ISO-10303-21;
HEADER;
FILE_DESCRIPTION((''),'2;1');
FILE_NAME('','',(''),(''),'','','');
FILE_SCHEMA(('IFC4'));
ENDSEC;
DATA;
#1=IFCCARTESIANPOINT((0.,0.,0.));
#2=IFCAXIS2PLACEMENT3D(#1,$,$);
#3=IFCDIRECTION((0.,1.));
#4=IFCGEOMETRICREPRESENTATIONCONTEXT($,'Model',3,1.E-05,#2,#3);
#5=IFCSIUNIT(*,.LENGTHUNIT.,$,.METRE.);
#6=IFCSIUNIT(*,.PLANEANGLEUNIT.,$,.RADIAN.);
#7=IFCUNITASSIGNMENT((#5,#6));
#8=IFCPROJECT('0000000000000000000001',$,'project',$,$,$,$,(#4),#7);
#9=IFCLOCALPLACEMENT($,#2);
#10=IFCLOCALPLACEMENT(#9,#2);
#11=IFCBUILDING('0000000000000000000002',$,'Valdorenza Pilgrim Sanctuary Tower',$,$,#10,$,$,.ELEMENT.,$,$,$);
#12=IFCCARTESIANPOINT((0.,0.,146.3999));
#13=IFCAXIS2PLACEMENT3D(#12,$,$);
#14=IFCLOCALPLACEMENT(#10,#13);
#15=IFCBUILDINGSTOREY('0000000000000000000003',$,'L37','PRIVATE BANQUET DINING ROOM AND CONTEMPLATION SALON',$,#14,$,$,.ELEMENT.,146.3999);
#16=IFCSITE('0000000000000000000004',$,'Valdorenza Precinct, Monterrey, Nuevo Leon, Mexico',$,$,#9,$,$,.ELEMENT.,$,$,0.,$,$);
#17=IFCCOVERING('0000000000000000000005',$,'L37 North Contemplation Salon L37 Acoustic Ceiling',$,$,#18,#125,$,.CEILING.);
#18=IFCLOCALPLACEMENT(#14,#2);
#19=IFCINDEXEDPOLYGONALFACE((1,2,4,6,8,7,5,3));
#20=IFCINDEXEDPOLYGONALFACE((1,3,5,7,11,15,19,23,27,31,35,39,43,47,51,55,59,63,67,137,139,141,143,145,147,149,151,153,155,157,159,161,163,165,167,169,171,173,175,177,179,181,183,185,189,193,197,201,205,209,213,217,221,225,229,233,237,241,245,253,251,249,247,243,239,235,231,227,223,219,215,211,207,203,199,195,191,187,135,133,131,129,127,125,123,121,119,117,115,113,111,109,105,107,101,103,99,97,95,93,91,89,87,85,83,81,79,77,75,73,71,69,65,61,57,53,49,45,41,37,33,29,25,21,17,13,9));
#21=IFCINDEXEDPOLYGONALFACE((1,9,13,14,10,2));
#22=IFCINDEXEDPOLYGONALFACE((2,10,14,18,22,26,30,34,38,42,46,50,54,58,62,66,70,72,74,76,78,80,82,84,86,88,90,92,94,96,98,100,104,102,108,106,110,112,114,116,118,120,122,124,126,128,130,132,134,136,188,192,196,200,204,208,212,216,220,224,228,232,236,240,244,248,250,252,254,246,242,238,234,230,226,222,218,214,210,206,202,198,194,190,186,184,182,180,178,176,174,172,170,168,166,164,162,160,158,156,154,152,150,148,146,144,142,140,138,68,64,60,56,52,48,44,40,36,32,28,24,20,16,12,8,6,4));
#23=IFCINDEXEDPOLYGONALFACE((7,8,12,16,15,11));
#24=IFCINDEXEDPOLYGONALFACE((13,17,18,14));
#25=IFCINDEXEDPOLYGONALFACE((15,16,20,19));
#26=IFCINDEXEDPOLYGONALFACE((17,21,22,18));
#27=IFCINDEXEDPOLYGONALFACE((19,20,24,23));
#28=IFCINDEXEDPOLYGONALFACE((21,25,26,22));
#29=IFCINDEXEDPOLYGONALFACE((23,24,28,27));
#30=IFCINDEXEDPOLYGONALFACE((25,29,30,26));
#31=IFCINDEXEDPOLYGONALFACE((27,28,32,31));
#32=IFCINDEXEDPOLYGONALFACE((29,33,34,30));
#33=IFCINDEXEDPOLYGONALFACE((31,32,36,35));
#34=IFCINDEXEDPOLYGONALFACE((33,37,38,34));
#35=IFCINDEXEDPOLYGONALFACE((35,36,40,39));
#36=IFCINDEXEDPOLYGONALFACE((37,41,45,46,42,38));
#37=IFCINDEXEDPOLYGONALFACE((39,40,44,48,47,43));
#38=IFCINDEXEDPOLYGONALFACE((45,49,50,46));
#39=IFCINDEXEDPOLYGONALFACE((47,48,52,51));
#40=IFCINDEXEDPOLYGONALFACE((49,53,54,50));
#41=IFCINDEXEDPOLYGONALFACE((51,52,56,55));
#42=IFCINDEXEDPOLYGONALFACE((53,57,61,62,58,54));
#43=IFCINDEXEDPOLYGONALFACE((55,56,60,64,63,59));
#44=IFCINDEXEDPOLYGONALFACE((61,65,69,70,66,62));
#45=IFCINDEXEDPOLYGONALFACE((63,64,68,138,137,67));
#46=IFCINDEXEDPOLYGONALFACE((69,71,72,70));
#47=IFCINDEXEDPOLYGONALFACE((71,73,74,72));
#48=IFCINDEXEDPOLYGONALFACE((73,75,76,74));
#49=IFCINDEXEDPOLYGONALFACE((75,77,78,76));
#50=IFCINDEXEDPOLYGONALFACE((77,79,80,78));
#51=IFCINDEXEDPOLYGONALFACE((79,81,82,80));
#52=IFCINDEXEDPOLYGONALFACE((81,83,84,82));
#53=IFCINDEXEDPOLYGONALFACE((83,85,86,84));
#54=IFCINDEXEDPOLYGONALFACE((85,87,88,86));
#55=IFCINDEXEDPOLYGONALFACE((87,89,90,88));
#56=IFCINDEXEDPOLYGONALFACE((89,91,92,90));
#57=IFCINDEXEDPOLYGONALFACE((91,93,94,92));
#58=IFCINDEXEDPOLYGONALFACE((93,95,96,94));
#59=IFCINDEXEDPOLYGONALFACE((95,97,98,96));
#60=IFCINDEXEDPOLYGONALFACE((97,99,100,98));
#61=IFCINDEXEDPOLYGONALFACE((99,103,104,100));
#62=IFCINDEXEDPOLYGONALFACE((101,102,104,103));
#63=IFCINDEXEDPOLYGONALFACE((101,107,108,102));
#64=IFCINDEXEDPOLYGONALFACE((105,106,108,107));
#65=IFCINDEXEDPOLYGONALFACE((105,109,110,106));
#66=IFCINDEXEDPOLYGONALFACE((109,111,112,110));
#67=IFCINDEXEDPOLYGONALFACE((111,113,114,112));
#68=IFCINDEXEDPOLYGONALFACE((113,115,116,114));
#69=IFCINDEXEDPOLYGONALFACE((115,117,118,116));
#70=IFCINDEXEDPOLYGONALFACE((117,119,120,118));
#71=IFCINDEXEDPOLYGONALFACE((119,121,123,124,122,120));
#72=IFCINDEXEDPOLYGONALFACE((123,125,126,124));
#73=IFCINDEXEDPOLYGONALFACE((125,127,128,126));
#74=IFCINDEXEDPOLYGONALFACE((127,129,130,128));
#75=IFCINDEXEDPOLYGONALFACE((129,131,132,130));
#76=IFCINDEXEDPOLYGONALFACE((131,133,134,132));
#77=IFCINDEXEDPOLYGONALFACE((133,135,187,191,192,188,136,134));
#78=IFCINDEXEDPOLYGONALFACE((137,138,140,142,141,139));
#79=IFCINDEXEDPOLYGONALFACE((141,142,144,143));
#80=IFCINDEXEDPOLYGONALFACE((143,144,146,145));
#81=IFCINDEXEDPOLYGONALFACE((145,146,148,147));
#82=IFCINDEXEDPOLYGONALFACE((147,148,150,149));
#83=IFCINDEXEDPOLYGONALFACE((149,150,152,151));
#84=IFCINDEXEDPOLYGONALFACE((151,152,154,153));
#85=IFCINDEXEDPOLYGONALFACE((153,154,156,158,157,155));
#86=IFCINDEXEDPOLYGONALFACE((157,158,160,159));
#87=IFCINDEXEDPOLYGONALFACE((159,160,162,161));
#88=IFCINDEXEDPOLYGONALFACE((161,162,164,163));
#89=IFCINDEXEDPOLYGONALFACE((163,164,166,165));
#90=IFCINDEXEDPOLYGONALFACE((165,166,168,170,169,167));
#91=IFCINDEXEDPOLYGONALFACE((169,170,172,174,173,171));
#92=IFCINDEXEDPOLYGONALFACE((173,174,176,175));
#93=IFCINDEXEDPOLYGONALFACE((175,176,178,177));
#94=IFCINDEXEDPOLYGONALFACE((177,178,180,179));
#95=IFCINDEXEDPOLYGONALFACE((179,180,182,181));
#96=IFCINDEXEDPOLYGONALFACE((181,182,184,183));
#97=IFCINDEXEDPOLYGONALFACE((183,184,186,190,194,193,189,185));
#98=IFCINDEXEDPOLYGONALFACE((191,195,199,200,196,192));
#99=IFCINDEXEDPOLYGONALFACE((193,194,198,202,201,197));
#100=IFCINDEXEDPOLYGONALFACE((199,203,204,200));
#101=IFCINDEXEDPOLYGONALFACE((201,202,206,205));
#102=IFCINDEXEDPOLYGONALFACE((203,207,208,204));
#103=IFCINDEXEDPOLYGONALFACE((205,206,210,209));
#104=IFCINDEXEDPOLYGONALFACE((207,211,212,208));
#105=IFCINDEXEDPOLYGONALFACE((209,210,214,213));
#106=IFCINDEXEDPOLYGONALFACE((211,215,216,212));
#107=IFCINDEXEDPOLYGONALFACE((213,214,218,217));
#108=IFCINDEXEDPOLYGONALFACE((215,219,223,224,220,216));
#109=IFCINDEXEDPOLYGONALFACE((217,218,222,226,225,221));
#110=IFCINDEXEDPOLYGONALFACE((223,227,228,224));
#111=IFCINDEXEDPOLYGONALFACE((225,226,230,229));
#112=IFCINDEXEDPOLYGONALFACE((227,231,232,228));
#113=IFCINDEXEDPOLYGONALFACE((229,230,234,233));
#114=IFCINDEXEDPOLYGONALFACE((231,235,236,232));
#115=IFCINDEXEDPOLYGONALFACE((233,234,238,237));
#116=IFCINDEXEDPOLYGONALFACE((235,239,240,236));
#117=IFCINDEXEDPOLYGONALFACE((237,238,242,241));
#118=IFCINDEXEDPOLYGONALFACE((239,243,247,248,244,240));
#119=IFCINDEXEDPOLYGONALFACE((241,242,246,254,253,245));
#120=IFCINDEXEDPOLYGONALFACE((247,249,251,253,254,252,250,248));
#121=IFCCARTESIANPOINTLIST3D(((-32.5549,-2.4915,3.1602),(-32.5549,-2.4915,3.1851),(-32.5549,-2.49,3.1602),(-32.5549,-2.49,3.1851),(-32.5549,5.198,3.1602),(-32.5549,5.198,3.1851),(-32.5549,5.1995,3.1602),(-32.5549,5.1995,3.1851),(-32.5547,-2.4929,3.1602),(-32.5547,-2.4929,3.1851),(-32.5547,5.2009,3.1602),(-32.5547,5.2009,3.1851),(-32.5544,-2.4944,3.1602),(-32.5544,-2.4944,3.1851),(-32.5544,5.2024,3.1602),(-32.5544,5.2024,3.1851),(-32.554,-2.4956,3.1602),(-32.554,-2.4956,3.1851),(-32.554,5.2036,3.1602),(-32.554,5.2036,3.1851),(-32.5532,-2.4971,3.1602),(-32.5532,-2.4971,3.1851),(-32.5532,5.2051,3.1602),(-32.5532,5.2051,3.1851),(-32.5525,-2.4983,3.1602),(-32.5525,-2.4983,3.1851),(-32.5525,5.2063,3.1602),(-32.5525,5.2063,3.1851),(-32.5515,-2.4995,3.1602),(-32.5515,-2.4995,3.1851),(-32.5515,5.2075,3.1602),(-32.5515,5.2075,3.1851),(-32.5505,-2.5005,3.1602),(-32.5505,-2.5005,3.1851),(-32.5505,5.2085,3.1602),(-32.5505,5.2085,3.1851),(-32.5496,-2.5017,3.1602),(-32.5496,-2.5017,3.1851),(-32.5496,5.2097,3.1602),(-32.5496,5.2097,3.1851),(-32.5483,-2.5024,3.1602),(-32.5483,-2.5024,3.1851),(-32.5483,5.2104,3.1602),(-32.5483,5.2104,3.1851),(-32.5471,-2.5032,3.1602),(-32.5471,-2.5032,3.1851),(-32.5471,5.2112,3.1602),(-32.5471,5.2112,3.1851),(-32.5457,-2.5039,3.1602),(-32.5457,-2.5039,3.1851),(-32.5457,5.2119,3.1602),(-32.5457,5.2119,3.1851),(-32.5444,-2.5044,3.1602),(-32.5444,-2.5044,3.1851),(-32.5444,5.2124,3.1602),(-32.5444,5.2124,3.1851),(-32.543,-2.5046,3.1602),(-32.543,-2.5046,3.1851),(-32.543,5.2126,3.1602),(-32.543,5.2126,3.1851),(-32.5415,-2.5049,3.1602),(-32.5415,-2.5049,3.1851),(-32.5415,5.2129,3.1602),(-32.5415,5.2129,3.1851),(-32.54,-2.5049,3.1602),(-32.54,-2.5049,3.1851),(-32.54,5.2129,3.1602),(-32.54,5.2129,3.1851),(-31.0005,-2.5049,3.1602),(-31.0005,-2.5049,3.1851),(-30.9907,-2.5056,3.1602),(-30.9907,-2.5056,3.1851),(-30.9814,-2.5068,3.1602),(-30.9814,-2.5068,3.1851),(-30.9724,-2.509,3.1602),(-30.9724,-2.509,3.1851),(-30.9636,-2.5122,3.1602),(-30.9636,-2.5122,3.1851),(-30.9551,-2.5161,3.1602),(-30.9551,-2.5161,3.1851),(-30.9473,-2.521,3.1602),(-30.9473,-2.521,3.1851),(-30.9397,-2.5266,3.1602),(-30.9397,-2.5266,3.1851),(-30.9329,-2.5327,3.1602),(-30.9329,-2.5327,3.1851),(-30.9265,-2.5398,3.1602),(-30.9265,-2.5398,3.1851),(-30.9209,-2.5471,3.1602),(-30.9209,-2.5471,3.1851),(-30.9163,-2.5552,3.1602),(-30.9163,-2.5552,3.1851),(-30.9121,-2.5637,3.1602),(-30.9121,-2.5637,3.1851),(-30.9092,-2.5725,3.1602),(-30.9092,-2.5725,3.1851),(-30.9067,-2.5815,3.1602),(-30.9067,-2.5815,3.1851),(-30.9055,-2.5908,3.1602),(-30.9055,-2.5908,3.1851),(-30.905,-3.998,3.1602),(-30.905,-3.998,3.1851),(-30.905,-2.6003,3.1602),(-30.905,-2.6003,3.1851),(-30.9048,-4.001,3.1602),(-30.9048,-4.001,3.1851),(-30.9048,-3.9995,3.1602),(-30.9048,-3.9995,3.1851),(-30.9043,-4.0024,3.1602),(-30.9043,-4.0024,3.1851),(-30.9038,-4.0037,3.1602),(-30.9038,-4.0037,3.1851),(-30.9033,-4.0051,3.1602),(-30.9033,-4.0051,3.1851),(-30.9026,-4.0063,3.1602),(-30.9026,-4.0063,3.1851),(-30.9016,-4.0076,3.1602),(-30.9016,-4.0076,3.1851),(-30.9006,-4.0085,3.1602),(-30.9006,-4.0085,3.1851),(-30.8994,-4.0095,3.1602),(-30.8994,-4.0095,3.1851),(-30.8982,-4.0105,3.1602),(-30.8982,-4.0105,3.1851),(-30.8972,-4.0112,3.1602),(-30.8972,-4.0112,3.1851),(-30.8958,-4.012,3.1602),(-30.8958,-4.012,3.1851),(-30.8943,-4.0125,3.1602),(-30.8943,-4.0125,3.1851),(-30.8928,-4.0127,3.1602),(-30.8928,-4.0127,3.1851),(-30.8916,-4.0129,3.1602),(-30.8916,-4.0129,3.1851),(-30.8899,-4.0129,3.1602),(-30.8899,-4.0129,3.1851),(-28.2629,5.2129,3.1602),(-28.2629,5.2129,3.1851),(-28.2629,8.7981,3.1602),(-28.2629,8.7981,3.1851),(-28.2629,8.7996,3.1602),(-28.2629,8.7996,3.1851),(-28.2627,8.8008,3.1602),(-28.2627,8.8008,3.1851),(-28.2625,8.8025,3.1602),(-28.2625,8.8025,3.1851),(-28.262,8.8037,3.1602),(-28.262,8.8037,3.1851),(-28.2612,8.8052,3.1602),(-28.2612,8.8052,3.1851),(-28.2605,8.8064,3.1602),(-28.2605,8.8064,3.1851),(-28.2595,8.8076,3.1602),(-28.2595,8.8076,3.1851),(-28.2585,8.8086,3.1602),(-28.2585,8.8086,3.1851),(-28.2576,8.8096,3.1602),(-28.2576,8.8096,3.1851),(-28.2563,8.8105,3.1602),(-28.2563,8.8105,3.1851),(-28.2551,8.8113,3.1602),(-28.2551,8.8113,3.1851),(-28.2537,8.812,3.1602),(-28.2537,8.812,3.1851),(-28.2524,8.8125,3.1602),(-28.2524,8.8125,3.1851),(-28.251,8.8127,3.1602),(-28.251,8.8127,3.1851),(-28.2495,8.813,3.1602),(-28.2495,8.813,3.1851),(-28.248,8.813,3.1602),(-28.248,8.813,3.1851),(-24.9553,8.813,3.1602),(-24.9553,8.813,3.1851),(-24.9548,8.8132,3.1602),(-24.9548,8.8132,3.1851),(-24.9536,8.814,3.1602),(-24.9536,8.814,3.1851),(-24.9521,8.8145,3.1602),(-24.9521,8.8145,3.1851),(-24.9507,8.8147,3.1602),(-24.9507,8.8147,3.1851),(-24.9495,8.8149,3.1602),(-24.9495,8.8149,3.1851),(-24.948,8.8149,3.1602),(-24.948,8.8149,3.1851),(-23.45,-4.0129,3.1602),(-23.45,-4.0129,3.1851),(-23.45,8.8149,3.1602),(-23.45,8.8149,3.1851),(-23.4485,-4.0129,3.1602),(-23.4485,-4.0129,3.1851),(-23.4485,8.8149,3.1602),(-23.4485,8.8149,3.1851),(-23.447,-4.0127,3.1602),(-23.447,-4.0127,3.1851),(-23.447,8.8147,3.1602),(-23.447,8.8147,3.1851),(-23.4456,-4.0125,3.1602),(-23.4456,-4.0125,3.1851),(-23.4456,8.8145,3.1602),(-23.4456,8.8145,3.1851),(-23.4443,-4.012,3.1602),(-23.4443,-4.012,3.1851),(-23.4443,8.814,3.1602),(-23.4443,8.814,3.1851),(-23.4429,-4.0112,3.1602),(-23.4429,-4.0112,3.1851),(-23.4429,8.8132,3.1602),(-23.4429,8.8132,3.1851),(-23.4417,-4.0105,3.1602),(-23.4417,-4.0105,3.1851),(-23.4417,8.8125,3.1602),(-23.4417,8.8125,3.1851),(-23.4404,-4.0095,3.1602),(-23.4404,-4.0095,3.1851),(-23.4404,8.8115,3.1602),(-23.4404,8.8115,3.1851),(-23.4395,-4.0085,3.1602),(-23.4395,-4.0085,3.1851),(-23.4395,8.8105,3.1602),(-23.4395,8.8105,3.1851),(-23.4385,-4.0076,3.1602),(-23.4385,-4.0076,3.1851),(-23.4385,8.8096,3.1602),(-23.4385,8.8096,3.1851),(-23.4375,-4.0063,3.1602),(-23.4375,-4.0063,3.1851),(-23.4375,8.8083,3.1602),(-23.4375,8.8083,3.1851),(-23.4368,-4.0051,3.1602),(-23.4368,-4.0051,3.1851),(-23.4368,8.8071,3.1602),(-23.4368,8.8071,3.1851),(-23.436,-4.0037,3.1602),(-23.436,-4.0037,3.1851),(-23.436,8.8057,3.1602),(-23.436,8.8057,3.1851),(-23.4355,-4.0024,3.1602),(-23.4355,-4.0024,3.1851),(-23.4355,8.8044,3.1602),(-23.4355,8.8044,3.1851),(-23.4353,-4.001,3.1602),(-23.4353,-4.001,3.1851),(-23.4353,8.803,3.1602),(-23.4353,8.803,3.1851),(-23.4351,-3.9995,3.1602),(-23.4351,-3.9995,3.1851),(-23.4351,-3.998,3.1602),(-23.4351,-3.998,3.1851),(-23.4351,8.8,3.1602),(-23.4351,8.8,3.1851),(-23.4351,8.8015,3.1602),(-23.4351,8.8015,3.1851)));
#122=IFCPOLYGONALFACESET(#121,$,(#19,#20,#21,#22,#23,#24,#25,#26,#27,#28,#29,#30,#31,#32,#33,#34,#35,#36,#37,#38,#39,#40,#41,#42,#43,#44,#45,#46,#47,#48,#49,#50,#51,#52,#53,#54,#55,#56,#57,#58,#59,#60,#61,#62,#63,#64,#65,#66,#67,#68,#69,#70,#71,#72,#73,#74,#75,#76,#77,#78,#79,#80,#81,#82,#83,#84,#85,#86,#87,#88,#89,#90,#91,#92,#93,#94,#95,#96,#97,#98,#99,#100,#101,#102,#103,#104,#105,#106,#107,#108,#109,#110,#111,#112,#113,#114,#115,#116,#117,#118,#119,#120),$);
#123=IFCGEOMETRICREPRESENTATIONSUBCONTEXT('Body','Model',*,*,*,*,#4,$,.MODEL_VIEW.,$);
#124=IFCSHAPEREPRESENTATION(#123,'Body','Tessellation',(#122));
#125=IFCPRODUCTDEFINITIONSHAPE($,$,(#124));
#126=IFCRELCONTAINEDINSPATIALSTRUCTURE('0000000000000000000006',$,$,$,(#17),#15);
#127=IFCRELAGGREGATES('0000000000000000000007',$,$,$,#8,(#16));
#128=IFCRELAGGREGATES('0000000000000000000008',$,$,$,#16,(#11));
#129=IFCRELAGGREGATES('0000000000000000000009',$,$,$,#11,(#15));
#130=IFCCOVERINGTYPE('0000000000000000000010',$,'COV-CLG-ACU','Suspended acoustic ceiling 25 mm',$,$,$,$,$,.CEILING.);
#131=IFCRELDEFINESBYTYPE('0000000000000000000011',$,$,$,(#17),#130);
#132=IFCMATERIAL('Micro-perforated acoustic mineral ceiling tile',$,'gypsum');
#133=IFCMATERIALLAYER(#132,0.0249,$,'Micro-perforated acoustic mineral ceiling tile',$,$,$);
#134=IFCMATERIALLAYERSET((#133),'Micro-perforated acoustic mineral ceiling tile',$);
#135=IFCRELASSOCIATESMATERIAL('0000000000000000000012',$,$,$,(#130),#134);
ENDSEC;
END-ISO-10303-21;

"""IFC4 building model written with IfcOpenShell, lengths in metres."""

from ifc_helpers import new_model, si_unit, direction, frame, origin, place, context, subcontext, project, spatial, polyline, outline, extrude, material, layer, layer_set, type_object, element, save


model = new_model("IFC4")

# Units and contexts
model_context = context("Model", 3, precision=1e-05, world=origin(), true_north=direction((0.0, 1.0)))
body_context = subcontext(model_context, "Body", "Model", "MODEL_VIEW")
ifc_project = project(units=[si_unit("LENGTHUNIT", "METRE"), si_unit("PLANEANGLEUNIT", "RADIAN")], contexts=[model_context])

# Site, building, storey
site_placement = place(None, origin())
site = spatial("IfcSite", under=ifc_project, at=site_placement, Name="Valdorenza Precinct, Monterrey, Nuevo Leon, Mexico", CompositionType="ELEMENT", RefElevation=0.0)
building_placement = place(site_placement, origin())
building = spatial("IfcBuilding", under=site, at=building_placement, Name="Valdorenza Pilgrim Sanctuary Tower", CompositionType="ELEMENT")
storey_placement = place(building_placement, frame((0.0, 0.0, 146.3999)))
storey = spatial("IfcBuildingStorey", under=building, at=storey_placement, Name="L37", Description="PRIVATE BANQUET DINING ROOM AND CONTEMPLATION SALON", CompositionType="ELEMENT", Elevation=146.3999)

# Covering
ifc_material_1 = material(Name="Micro-perforated acoustic mineral ceiling tile", Category="gypsum")
ifc_layer_1 = layer(ifc_material_1, 0.0249, Name="Micro-perforated acoustic mineral ceiling tile")
ifc_layer_set_1 = layer_set([ifc_layer_1], Name="Micro-perforated acoustic mineral ceiling tile")
covering_type_1 = type_object("IfcCoveringType", Name="COV-CLG-ACU", Description="Suspended acoustic ceiling 25 mm", PredefinedType="CEILING", material=ifc_layer_set_1)
covering_1_placement = place(storey_placement, frame((0.0, 0.0, 3.1602)))
element("IfcCovering", 1, at=covering_1_placement, inside=storey, type_object=covering_type_1, Name="L37 North Contemplation Salon L37 Acoustic Ceiling", PredefinedType="CEILING", context=body_context, shape_type="SweptSolid", body=[
    extrude(outline(polyline([(-28.2629, 5.2129), (-28.2629, 8.7981), (-28.2629, 8.7996), (-28.2627, 8.8008), (-28.2625, 8.8025), (-28.262, 8.8037), (-28.2612, 8.8052), (-28.2605, 8.8064), (-28.2595, 8.8076), (-28.2585, 8.8086), (-28.2576, 8.8096), (-28.2563, 8.8105), (-28.2551, 8.8113), (-28.2537, 8.812), (-28.2524, 8.8125), (-28.251, 8.8127), (-28.2495, 8.813), (-28.248, 8.813), (-24.9553, 8.813), (-24.9548, 8.8132), (-24.9536, 8.814), (-24.9521, 8.8145), (-24.9507, 8.8147), (-24.9495, 8.8149), (-24.948, 8.8149), (-23.45, 8.8149), (-23.4485, 8.8149), (-23.447, 8.8147), (-23.4456, 8.8145), (-23.4443, 8.814), (-23.4429, 8.8132), (-23.4417, 8.8125), (-23.4404, 8.8115), (-23.4395, 8.8105), (-23.4385, 8.8096), (-23.4375, 8.8083), (-23.4368, 8.8071), (-23.436, 8.8057), (-23.4355, 8.8044), (-23.4353, 8.803), (-23.4351, 8.8015), (-23.4351, 8.8), (-23.4351, -3.998), (-23.4351, -3.9995), (-23.4353, -4.001), (-23.4355, -4.0024), (-23.436, -4.0037), (-23.4368, -4.0051), (-23.4375, -4.0063), (-23.4385, -4.0076), (-23.4395, -4.0085), (-23.4404, -4.0095), (-23.4417, -4.0105), (-23.4429, -4.0112), (-23.4443, -4.012), (-23.4456, -4.0125), (-23.447, -4.0127), (-23.4485, -4.0129), (-23.45, -4.0129), (-30.8899, -4.0129), (-30.8916, -4.0129), (-30.8928, -4.0127), (-30.8943, -4.0125), (-30.8958, -4.012), (-30.8972, -4.0112), (-30.8982, -4.0105), (-30.8994, -4.0095), (-30.9006, -4.0085), (-30.9016, -4.0076), (-30.9026, -4.0063), (-30.9033, -4.0051), (-30.9038, -4.0037), (-30.9043, -4.0024), (-30.9048, -4.001), (-30.9048, -3.9995), (-30.905, -3.998), (-30.905, -2.6003), (-30.9055, -2.5908), (-30.9067, -2.5815), (-30.9092, -2.5725), (-30.9121, -2.5637), (-30.9163, -2.5552), (-30.9209, -2.5471), (-30.9265, -2.5398), (-30.9329, -2.5327), (-30.9397, -2.5266), (-30.9473, -2.521), (-30.9551, -2.5161), (-30.9636, -2.5122), (-30.9724, -2.509), (-30.9814, -2.5068), (-30.9907, -2.5056), (-31.0005, -2.5049), (-32.54, -2.5049), (-32.5415, -2.5049), (-32.543, -2.5046), (-32.5444, -2.5044), (-32.5457, -2.5039), (-32.5471, -2.5032), (-32.5483, -2.5024), (-32.5496, -2.5017), (-32.5505, -2.5005), (-32.5515, -2.4995), (-32.5525, -2.4983), (-32.5532, -2.4971), (-32.554, -2.4956), (-32.5544, -2.4944), (-32.5547, -2.4929), (-32.5549, -2.4915), (-32.5549, -2.49), (-32.5549, 5.198), (-32.5549, 5.1995), (-32.5547, 5.2009), (-32.5544, 5.2024), (-32.554, 5.2036), (-32.5532, 5.2051), (-32.5525, 5.2063), (-32.5515, 5.2075), (-32.5505, 5.2085), (-32.5496, 5.2097), (-32.5483, 5.2104), (-32.5471, 5.2112), (-32.5457, 5.2119), (-32.5444, 5.2124), (-32.543, 5.2126), (-32.5415, 5.2129), (-32.54, 5.2129), (-28.2629, 5.2129)])), origin(), (0.0, 0.0, 1.0), 0.0249),
])

save(model, "model.ifc")
